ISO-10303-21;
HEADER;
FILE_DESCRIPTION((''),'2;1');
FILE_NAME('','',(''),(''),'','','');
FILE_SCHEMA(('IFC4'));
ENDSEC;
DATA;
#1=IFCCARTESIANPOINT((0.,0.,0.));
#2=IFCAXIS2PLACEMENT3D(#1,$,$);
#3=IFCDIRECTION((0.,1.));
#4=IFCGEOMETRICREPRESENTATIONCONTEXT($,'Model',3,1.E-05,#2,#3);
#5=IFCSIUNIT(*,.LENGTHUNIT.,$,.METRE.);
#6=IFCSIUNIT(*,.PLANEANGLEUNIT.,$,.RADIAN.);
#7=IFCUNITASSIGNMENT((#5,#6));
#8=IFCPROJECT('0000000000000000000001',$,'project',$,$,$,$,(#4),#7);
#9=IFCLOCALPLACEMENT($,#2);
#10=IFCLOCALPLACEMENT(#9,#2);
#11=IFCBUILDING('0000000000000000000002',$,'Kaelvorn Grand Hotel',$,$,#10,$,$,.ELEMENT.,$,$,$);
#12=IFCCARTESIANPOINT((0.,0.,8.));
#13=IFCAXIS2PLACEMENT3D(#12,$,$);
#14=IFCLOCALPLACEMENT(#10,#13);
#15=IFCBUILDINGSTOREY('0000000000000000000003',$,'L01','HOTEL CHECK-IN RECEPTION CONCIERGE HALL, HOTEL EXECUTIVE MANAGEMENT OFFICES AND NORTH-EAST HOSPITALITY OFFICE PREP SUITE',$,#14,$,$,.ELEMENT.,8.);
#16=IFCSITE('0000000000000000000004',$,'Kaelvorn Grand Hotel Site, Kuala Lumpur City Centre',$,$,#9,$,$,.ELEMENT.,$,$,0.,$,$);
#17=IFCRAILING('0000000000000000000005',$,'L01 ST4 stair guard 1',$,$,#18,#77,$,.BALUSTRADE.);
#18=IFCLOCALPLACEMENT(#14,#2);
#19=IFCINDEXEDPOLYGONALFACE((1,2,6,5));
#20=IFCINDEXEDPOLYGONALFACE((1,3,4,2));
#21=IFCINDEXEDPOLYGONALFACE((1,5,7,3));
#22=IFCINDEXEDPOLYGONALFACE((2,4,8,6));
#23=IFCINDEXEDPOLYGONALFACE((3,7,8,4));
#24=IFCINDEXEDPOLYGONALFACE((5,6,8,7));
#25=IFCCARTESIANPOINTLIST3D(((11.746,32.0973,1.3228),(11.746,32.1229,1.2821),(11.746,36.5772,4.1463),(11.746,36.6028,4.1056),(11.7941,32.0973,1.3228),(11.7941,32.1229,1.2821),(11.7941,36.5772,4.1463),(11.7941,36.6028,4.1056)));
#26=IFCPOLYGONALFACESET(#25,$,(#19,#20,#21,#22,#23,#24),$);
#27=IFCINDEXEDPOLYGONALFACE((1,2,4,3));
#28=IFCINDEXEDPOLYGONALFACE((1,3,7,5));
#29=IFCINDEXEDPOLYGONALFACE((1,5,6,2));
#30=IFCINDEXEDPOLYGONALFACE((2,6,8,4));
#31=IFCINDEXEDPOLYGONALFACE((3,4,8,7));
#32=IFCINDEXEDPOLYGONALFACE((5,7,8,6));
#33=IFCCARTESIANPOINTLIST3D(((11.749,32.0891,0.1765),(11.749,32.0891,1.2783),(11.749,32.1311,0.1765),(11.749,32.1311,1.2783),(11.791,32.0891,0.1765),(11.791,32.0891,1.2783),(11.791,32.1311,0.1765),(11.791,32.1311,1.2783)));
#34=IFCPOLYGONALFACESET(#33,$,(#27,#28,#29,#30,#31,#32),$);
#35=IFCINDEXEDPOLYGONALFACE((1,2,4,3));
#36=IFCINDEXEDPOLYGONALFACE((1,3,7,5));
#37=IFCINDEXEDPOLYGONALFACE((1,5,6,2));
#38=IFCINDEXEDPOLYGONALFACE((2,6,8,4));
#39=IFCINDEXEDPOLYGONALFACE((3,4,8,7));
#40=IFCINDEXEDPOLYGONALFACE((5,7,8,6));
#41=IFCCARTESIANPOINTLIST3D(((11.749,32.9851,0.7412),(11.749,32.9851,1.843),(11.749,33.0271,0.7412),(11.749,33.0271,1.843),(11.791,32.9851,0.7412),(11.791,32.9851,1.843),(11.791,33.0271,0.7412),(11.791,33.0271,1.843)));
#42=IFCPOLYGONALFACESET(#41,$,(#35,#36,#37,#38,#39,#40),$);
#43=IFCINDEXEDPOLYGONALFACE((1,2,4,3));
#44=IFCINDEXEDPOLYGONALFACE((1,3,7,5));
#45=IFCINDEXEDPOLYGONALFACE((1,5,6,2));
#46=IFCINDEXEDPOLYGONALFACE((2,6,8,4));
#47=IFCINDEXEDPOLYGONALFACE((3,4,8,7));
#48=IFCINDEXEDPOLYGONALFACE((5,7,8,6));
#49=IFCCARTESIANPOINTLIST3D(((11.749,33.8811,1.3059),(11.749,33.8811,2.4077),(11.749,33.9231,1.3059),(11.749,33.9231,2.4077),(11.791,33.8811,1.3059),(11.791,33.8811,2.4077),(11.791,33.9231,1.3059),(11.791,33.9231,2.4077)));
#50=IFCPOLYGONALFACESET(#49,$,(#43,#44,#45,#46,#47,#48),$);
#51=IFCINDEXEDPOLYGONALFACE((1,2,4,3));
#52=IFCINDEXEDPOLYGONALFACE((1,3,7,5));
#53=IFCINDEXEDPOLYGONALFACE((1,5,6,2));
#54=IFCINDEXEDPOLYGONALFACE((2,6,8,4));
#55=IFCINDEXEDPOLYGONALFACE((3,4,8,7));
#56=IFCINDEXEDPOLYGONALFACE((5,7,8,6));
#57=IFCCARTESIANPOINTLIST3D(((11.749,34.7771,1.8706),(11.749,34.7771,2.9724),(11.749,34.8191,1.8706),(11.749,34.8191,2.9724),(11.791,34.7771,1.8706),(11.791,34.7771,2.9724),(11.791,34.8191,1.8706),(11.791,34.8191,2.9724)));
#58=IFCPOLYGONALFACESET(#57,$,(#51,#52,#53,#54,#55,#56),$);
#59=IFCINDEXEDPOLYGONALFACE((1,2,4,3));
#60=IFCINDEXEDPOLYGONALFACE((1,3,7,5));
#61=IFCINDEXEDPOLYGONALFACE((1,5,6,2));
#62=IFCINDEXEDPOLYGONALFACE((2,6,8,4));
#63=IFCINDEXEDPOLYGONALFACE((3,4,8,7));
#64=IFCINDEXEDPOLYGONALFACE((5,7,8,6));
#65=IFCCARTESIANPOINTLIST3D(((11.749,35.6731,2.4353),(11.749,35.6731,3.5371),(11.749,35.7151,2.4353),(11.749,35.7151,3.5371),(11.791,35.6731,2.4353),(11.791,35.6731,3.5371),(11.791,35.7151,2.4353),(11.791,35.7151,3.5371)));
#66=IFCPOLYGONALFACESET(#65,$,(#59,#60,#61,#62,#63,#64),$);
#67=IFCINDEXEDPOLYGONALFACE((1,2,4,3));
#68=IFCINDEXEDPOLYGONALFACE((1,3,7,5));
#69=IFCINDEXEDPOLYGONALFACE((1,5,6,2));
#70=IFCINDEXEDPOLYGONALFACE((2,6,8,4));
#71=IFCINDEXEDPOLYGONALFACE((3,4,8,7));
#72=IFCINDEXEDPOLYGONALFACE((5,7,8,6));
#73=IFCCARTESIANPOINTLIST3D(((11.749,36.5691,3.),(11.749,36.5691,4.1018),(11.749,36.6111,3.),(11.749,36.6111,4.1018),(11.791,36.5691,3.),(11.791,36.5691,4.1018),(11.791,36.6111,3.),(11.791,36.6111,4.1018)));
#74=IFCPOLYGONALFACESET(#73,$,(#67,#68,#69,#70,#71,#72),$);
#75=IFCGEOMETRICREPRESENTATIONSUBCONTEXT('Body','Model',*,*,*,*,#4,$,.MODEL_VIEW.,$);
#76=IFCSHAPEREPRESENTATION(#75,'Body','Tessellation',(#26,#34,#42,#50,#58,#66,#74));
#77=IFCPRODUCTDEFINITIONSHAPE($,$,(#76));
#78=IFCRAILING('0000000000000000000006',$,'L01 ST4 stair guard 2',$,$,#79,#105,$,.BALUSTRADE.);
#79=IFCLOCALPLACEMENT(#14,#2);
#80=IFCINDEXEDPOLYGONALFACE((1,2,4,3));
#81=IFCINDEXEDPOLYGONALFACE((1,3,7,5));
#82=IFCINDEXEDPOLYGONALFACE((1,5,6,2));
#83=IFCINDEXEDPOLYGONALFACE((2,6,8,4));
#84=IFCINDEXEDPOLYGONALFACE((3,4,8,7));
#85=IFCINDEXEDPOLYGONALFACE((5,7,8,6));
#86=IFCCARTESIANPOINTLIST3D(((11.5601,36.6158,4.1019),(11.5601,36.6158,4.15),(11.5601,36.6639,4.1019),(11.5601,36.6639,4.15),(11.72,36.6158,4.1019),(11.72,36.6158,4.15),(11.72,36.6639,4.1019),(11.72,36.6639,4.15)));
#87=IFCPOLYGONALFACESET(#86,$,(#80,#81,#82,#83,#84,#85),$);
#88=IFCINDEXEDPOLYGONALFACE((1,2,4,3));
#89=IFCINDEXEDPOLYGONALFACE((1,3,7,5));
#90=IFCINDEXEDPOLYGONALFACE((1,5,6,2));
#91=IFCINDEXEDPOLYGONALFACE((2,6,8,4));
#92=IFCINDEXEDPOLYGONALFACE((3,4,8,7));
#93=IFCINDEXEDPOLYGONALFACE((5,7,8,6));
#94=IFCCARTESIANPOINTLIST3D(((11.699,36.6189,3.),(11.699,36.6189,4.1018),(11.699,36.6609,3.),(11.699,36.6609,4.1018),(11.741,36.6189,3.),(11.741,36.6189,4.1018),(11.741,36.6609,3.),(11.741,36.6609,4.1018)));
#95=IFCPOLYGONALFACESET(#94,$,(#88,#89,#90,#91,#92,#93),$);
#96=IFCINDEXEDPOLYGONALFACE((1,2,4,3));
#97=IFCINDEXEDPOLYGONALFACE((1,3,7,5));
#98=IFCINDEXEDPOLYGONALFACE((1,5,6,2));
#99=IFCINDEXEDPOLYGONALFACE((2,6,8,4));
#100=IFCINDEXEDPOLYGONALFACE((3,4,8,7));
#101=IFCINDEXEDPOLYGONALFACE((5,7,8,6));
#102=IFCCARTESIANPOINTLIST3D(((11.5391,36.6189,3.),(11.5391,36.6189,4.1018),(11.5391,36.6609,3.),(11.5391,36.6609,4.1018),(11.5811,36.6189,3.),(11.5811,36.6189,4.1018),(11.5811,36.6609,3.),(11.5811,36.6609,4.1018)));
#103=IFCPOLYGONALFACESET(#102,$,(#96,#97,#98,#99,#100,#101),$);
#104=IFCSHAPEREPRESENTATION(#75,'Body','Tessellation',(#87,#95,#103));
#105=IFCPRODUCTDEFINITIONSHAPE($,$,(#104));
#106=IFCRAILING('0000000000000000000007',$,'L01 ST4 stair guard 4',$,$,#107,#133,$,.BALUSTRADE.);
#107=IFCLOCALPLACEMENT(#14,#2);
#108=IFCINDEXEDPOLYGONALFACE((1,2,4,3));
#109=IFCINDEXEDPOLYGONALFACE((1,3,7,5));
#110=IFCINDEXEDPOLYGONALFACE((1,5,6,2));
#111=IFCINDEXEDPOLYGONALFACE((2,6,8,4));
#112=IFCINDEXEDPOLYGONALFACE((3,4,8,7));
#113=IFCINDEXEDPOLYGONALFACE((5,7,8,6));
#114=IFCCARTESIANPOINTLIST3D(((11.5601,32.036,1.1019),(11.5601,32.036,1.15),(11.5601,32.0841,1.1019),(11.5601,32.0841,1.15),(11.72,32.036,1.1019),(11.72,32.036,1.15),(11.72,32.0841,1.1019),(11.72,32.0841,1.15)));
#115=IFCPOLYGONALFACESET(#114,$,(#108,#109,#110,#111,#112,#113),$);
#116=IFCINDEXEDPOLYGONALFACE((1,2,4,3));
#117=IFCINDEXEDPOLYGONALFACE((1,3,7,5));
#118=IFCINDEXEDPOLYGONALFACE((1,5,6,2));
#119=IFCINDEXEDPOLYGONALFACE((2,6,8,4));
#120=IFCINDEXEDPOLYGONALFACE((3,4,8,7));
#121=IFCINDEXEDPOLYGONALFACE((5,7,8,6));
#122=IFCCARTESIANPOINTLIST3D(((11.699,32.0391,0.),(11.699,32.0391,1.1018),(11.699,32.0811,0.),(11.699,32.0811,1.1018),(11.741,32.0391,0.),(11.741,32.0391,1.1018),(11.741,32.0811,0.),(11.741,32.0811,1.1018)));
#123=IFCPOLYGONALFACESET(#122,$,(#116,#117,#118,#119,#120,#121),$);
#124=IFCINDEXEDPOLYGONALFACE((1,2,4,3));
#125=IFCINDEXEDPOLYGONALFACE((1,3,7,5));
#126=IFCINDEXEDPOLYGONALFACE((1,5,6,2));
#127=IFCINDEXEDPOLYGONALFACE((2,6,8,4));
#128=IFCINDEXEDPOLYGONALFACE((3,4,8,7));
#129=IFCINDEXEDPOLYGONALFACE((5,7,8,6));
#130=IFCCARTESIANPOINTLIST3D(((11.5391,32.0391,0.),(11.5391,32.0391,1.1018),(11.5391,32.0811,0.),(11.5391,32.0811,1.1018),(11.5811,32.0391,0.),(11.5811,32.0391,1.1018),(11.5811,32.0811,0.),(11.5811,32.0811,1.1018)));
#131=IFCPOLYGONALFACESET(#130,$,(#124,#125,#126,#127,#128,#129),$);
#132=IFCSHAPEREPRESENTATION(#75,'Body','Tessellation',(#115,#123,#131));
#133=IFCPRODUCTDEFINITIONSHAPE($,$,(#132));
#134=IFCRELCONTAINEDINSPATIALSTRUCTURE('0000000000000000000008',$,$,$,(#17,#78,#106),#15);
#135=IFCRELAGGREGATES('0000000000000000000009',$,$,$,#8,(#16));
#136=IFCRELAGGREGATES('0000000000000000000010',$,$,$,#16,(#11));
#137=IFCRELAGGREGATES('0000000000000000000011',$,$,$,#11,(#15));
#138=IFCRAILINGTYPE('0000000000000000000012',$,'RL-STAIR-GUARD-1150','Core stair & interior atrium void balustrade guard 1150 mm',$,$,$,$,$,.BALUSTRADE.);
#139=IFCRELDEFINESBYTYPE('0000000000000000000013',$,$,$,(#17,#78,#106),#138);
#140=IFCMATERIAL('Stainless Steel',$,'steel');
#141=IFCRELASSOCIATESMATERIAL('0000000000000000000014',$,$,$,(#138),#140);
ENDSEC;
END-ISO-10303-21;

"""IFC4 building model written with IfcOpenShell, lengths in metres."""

from ifc_helpers import new_model, si_unit, direction, frame, origin, origin_2d, place, context, subcontext, project, spatial, rectangle, extrude, material, type_object, element, save


model = new_model("IFC4")

# Units and contexts
model_context = context("Model", 3, precision=1e-05, world=origin(), true_north=direction((0.0, 1.0)))
body_context = subcontext(model_context, "Body", "Model", "MODEL_VIEW")
ifc_project = project(units=[si_unit("LENGTHUNIT", "METRE"), si_unit("PLANEANGLEUNIT", "RADIAN")], contexts=[model_context])

# Site, building, storey
site_placement = place(None, origin())
site = spatial("IfcSite", under=ifc_project, at=site_placement, Name="Kaelvorn Grand Hotel Site, Kuala Lumpur City Centre", CompositionType="ELEMENT", RefElevation=0.0)
building_placement = place(site_placement, origin())
building = spatial("IfcBuilding", under=site, at=building_placement, Name="Kaelvorn Grand Hotel", CompositionType="ELEMENT")
storey_placement = place(building_placement, frame((0.0, 0.0, 8.0)))
storey = spatial("IfcBuildingStorey", under=building, at=storey_placement, Name="L01", Description="HOTEL CHECK-IN RECEPTION CONCIERGE HALL, HOTEL EXECUTIVE MANAGEMENT OFFICES AND NORTH-EAST HOSPITALITY OFFICE PREP SUITE", CompositionType="ELEMENT", Elevation=8.0)

# Shared definitions
ifc_material_1 = material(Name="Stainless Steel", Category="steel")

# Railings
railing_type_1 = type_object("IfcRailingType", Name="RL-STAIR-GUARD-1150", Description="Core stair & interior atrium void balustrade guard 1150 mm", PredefinedType="BALUSTRADE", material=ifc_material_1)
railing_1_placement = place(storey_placement, frame((11.77, 32.1101, 0.1765)))
element("IfcRailing", 1, at=railing_1_placement, inside=storey, type_object=railing_type_1, Name="L01 ST4 stair guard 1", PredefinedType="BALUSTRADE", context=body_context, shape_type="SweptSolid", body=[
    extrude(rectangle(XDim=0.0481, YDim=0.0481, at=origin_2d()), frame((0.0, 0.0, 1.126), z_axis=(0.0, 0.845998, 0.533186), x_axis=(-1.0, 0.0, 0.0)), (0.0, 0.0, 1.0), 5.2954),
    extrude(rectangle(XDim=0.042, YDim=0.042, at=origin_2d()), origin(), (0.0, 0.0, 1.0), 1.1018),
    extrude(rectangle(XDim=0.042, YDim=0.042, at=origin_2d()), frame((0.0, 0.896, 0.5647)), (0.0, 0.0, 1.0), 1.1018),
    extrude(rectangle(XDim=0.042, YDim=0.042, at=origin_2d()), frame((0.0, 1.792, 1.1294)), (0.0, 0.0, 1.0), 1.1018),
    extrude(rectangle(XDim=0.042, YDim=0.042, at=origin_2d()), frame((0.0, 2.688, 1.6941)), (0.0, 0.0, 1.0), 1.1018),
    extrude(rectangle(XDim=0.042, YDim=0.042, at=origin_2d()), frame((0.0, 3.584, 2.2588)), (0.0, 0.0, 1.0), 1.1018),
    extrude(rectangle(XDim=0.042, YDim=0.042, at=origin_2d()), frame((0.0, 4.48, 2.8235)), (0.0, 0.0, 1.0), 1.1018),
])
for number, where, name in (
    (2, (11.72, 36.6399, 3.0), "L01 ST4 stair guard 2"),
    (3, (11.72, 32.0601, 0.0), "L01 ST4 stair guard 4"),
):
    element("IfcRailing", number, at=place(storey_placement, frame(where)), inside=storey, type_object=railing_type_1, Name=name, PredefinedType="BALUSTRADE", context=body_context, shape_type="SweptSolid", body=[
        extrude(rectangle(XDim=0.0481, YDim=0.0481, at=origin_2d()), frame((0.0, 0.0, 1.126), z_axis=(-1.0, 0.0, 0.0), x_axis=(0.0, -1.0, 0.0)), (0.0, 0.0, 1.0), 0.1599),
        extrude(rectangle(XDim=0.042, YDim=0.042, at=origin_2d()), origin(), (0.0, 0.0, 1.0), 1.1018),
        extrude(rectangle(XDim=0.042, YDim=0.042, at=origin_2d()), frame((-0.1599, 0.0, 0.0)), (0.0, 0.0, 1.0), 1.1018),
    ])

save(model, "model.ifc")
